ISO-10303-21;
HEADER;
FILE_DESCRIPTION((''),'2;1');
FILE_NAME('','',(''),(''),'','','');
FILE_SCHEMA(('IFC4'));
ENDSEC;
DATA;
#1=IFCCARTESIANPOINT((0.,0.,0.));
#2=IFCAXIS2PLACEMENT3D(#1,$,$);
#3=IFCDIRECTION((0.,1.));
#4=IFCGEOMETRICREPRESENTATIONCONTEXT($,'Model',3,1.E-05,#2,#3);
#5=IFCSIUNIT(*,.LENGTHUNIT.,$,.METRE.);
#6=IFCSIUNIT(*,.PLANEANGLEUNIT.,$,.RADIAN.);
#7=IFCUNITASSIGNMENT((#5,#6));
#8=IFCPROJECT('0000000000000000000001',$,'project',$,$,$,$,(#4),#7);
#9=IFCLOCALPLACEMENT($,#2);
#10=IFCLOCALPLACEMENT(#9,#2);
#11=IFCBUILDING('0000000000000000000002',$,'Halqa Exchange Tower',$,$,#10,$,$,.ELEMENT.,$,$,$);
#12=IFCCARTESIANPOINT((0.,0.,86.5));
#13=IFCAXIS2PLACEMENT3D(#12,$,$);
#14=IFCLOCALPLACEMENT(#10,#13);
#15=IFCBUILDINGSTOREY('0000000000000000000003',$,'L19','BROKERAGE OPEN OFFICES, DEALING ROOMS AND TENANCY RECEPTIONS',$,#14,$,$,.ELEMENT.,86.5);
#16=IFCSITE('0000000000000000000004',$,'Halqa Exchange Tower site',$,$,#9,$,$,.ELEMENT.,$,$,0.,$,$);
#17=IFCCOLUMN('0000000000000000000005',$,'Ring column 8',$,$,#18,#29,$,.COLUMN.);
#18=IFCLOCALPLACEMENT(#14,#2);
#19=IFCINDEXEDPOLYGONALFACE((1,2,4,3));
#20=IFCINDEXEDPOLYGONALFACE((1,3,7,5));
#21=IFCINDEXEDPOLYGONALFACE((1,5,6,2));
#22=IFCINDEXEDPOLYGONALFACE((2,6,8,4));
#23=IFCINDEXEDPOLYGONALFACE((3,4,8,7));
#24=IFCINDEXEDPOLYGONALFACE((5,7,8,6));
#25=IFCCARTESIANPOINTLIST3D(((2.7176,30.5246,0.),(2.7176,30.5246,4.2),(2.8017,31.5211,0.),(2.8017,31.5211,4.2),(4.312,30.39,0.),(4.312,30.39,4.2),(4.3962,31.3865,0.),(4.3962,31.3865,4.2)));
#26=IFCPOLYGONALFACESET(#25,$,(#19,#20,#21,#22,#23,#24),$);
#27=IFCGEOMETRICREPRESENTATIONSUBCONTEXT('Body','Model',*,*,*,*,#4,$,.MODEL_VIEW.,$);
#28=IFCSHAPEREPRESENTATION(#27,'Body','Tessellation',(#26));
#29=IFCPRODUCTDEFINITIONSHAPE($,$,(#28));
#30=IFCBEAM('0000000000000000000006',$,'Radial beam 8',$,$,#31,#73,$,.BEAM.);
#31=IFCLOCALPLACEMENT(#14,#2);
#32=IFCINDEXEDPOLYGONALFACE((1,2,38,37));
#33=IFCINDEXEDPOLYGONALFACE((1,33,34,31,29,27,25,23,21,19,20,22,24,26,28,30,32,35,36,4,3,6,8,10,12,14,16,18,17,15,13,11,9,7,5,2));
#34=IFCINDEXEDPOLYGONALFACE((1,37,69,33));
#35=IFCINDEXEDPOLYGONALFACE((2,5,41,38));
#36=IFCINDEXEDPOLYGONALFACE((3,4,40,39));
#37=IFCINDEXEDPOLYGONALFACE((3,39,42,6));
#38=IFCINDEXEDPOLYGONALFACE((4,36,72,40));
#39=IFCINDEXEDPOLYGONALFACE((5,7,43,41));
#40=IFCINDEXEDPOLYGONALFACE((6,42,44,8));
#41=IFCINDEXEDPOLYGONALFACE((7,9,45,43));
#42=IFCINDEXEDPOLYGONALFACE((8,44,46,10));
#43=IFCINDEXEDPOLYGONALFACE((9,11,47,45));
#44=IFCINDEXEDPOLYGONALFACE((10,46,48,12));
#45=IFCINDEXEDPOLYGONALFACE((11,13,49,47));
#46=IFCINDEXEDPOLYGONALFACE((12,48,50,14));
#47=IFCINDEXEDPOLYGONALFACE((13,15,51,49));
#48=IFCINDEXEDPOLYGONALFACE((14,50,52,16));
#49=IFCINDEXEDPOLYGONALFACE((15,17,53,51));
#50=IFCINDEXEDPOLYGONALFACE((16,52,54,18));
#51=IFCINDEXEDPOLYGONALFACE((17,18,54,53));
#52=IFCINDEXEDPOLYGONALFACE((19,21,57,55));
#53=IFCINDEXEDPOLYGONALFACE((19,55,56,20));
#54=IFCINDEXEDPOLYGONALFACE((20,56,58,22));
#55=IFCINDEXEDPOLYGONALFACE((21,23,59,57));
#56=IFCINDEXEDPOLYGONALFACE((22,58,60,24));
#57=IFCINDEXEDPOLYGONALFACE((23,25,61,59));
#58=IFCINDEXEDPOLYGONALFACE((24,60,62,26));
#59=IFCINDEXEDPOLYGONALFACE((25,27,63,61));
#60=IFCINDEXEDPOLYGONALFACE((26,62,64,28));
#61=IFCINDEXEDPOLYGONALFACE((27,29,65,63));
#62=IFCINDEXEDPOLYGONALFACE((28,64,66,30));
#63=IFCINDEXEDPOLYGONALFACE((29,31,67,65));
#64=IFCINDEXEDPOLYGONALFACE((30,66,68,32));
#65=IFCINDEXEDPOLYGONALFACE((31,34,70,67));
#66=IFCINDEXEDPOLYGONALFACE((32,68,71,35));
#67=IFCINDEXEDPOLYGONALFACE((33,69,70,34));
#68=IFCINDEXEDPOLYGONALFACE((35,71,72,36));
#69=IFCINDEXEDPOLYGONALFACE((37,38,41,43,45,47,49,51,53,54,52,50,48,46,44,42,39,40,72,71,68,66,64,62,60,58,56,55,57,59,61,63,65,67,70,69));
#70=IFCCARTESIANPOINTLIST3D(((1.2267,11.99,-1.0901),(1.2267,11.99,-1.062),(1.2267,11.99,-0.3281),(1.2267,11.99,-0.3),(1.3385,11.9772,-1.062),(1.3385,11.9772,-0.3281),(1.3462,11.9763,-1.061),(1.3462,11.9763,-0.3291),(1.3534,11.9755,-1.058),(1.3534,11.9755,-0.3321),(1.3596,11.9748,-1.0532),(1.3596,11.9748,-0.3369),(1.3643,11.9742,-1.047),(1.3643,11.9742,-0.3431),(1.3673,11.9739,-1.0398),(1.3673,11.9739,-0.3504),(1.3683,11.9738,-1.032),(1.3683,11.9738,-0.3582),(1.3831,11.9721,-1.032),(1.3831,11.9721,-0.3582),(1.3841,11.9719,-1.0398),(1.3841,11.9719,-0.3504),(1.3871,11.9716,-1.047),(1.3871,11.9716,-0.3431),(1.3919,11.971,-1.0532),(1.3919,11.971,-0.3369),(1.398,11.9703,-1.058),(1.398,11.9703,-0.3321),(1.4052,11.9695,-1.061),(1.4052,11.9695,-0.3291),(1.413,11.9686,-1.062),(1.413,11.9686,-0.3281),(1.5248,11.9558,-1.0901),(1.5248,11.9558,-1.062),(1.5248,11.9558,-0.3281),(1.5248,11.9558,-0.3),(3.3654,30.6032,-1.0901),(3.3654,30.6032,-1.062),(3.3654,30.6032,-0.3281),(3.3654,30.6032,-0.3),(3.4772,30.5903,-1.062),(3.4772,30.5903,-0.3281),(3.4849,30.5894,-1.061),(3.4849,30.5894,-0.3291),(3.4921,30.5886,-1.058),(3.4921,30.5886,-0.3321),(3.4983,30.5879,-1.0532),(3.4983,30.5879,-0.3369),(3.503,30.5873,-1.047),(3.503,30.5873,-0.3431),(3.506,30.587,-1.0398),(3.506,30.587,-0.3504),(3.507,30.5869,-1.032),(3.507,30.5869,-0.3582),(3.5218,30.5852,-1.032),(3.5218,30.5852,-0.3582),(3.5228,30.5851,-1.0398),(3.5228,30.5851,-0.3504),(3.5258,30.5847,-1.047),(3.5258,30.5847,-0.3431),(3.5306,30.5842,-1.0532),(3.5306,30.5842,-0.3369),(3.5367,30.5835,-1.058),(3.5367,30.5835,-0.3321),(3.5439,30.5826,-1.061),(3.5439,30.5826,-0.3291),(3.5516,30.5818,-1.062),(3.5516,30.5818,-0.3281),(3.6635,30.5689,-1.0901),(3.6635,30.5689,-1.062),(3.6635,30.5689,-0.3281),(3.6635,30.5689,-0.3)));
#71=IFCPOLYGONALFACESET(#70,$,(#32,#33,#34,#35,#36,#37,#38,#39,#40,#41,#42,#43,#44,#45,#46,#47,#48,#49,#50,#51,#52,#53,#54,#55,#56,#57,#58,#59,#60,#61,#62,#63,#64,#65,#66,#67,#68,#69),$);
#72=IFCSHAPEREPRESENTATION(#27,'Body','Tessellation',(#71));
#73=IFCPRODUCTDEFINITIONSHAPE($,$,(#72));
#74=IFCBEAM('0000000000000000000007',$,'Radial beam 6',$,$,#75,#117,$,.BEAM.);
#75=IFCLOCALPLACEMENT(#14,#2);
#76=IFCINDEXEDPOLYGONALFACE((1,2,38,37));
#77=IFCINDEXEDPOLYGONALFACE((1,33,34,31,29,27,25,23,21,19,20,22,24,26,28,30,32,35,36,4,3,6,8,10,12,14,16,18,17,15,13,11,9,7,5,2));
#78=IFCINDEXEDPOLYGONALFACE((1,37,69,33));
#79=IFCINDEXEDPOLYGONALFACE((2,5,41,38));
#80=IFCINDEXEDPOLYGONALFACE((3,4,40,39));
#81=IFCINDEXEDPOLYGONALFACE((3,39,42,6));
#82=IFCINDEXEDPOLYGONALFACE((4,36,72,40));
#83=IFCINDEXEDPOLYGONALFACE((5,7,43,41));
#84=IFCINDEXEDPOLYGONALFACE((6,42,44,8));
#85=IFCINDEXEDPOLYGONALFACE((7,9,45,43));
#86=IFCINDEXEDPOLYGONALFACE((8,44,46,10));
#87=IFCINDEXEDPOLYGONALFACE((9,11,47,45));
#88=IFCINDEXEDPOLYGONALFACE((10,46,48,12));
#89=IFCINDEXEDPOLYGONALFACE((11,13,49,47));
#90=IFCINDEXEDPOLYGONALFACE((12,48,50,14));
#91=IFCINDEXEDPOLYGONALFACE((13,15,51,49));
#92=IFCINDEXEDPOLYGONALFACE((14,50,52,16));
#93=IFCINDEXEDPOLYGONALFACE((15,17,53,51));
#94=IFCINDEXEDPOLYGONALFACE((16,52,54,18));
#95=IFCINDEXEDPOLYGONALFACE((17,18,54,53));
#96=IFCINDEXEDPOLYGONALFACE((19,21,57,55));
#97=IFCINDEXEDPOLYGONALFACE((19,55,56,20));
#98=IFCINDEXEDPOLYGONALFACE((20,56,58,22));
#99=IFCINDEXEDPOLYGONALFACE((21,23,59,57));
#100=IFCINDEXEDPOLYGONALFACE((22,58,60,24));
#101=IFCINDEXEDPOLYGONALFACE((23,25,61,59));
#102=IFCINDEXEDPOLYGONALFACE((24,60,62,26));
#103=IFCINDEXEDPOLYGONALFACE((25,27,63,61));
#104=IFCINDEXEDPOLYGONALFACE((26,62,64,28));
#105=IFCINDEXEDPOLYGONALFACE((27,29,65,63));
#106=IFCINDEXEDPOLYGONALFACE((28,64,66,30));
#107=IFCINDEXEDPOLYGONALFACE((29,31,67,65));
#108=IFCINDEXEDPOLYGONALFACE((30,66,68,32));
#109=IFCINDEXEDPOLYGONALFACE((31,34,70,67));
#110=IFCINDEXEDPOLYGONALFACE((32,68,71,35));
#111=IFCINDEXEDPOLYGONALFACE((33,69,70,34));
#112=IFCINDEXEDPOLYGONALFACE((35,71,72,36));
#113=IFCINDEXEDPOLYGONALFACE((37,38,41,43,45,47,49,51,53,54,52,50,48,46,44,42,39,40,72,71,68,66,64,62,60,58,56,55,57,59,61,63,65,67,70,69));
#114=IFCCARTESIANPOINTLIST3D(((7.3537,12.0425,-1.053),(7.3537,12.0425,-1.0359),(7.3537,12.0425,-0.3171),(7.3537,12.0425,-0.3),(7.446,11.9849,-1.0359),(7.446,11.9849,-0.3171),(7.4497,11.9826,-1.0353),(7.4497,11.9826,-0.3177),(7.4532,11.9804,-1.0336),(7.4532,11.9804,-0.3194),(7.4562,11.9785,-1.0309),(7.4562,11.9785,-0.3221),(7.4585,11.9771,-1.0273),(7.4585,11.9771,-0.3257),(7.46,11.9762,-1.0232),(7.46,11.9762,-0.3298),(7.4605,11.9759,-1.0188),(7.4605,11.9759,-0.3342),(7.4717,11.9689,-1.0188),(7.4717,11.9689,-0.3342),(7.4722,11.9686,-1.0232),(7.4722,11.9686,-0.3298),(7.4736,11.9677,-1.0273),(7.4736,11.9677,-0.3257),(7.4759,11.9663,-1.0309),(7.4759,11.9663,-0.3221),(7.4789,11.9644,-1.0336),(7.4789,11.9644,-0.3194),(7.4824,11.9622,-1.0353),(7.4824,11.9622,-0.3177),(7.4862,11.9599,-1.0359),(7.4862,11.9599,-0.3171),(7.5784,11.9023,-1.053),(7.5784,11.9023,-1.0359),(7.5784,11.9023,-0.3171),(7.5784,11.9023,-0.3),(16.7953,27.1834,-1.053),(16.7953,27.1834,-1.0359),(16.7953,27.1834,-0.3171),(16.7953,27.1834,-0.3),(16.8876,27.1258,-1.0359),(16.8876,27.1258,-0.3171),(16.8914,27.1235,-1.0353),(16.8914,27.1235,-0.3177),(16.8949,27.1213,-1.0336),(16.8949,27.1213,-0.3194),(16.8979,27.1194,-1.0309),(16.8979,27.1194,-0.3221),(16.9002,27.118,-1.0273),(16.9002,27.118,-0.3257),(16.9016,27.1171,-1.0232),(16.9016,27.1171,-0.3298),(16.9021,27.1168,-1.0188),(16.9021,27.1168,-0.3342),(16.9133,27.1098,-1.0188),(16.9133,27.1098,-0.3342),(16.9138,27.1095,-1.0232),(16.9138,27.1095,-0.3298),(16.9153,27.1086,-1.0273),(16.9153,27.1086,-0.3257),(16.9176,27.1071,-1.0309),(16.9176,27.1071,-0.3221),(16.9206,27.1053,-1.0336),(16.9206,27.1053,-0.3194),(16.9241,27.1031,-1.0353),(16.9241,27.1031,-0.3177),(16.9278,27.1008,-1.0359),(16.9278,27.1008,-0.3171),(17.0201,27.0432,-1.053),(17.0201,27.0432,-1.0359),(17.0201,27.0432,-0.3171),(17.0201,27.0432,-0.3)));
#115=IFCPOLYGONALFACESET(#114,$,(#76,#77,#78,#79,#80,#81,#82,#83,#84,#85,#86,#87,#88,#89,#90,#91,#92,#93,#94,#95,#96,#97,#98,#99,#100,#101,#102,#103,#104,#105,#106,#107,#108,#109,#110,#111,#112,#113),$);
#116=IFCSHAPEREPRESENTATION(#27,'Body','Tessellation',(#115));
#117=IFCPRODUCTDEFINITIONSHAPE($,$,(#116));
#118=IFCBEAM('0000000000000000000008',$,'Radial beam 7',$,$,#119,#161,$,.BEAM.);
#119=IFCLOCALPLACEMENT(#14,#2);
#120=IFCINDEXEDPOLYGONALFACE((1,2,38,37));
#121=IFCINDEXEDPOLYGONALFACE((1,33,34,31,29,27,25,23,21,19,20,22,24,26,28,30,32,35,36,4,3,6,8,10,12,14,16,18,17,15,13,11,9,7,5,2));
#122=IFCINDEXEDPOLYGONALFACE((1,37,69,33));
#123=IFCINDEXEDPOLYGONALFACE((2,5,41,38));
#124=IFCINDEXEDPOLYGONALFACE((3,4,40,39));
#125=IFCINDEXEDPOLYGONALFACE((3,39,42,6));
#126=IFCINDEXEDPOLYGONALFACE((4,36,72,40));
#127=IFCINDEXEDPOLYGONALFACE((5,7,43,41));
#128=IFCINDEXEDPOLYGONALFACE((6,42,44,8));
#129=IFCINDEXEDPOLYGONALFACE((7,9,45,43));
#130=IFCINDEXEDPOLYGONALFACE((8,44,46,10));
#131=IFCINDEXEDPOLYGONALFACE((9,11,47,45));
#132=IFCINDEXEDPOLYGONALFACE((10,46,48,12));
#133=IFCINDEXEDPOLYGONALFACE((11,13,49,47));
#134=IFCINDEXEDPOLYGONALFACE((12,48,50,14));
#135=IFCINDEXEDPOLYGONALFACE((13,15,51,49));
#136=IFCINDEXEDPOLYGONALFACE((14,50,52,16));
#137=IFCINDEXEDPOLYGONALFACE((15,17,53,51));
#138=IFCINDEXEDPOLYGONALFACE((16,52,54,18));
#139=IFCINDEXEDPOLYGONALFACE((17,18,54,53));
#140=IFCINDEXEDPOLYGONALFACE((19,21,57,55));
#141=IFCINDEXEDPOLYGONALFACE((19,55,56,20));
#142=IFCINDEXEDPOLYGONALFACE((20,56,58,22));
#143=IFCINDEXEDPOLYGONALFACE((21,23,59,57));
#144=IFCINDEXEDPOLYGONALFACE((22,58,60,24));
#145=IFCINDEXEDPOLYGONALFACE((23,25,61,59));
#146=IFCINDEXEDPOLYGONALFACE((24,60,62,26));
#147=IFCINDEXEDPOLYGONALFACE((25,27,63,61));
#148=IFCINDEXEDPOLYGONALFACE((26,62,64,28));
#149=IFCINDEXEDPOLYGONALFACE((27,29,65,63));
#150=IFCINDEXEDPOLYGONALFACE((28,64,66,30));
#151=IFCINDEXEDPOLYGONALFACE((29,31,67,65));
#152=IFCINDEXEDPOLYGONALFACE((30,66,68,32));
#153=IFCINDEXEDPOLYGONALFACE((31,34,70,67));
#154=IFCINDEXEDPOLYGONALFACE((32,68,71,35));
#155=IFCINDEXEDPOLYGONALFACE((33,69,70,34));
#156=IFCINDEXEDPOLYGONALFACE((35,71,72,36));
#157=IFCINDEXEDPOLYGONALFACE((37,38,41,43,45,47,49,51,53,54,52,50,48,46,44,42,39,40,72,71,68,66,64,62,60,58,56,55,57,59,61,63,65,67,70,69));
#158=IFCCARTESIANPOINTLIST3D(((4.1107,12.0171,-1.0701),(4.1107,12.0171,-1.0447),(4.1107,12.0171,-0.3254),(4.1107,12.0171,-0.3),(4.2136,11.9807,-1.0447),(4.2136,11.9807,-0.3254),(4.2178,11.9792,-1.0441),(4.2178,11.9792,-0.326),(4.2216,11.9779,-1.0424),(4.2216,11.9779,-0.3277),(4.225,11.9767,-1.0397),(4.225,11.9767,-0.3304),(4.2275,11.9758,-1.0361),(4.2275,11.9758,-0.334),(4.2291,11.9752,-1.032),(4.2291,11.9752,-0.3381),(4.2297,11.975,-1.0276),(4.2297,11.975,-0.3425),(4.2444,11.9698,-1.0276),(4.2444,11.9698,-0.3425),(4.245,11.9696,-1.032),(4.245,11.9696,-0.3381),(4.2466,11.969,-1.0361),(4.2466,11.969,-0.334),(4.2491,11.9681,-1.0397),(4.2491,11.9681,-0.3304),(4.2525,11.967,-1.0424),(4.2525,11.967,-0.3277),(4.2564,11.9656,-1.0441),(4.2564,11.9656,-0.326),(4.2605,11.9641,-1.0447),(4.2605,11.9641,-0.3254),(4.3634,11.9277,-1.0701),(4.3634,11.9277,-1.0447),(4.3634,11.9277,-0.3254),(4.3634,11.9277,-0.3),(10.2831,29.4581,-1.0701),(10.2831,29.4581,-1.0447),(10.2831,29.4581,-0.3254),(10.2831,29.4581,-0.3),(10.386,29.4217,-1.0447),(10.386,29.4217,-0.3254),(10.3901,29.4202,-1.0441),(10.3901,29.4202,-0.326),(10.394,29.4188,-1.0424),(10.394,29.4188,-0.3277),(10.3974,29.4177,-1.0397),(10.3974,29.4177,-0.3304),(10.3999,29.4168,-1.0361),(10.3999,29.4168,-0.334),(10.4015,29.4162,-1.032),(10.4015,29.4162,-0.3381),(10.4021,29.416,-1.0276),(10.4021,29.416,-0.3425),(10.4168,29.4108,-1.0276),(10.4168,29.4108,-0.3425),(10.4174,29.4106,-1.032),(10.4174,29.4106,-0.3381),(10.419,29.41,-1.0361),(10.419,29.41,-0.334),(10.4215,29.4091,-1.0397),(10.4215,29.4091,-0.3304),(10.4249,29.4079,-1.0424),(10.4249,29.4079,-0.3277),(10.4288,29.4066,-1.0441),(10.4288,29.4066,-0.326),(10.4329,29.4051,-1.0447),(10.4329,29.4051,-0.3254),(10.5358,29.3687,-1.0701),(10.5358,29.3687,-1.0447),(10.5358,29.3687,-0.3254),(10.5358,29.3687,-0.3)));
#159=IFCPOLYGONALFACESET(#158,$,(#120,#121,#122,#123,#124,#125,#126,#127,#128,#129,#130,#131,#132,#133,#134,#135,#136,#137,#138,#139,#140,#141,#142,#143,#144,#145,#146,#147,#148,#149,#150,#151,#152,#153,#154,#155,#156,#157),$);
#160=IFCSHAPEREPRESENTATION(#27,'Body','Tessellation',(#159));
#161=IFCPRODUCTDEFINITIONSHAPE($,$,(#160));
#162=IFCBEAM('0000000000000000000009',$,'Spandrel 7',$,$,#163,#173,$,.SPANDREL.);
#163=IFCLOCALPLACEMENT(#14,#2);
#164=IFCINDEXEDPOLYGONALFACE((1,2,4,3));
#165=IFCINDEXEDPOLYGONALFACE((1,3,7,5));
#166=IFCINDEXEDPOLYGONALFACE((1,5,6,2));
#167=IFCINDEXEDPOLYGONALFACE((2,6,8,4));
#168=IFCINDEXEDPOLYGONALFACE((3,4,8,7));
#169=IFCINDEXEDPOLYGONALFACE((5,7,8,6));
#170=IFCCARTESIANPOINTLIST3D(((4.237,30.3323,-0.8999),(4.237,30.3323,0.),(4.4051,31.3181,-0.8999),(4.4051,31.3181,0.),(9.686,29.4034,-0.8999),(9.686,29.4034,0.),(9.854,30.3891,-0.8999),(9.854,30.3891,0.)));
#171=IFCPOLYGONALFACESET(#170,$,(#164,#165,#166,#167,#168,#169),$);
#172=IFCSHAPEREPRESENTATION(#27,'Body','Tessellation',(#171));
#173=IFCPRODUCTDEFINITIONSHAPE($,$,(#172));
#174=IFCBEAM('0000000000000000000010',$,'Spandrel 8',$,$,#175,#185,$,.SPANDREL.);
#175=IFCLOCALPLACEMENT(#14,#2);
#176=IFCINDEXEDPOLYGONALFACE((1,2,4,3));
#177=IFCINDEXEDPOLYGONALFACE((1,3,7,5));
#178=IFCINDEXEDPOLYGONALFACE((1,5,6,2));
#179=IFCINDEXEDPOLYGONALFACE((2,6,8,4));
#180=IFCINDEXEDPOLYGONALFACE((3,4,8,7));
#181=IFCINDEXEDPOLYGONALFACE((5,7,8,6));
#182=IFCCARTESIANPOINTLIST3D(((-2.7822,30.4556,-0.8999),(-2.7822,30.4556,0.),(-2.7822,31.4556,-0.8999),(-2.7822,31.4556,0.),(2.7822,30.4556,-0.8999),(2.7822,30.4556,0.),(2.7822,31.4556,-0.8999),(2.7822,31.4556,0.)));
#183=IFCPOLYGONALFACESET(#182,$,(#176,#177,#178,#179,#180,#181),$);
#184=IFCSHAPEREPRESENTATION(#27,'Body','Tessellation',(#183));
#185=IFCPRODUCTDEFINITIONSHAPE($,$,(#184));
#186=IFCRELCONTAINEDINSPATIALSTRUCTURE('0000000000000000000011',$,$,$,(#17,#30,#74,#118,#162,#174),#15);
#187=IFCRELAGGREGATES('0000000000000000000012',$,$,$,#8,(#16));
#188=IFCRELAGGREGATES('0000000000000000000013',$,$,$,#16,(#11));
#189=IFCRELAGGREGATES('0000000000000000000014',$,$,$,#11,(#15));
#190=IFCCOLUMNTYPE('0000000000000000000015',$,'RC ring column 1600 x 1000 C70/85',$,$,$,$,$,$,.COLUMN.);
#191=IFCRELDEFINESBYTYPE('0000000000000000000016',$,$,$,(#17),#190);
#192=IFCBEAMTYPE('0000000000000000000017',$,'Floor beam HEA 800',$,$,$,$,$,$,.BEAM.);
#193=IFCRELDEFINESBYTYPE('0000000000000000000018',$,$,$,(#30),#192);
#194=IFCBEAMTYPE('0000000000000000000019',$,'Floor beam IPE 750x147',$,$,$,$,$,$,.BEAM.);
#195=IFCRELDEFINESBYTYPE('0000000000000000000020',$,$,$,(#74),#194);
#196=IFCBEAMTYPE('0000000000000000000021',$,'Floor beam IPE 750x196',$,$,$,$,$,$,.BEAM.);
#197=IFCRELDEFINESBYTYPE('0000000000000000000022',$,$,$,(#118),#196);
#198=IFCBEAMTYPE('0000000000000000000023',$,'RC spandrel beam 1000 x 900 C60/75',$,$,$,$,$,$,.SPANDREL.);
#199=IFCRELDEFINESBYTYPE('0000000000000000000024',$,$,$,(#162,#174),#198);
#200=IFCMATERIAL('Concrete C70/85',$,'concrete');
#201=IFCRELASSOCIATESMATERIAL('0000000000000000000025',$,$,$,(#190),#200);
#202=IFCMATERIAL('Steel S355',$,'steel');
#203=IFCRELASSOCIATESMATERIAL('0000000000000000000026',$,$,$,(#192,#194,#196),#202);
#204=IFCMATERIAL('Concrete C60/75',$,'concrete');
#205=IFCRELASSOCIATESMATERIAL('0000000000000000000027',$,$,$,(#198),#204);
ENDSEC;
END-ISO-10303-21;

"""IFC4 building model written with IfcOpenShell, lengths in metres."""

from ifc_helpers import new_model, si_unit, direction, frame, origin, origin_2d, place, context, subcontext, project, spatial, rectangle, i_section, extrude, material, material_profile, profile_set, type_object, element, save


model = new_model("IFC4")

# Units and contexts
model_context = context("Model", 3, precision=1e-05, world=origin(), true_north=direction((0.0, 1.0)))
body_context = subcontext(model_context, "Body", "Model", "MODEL_VIEW")
ifc_project = project(units=[si_unit("LENGTHUNIT", "METRE"), si_unit("PLANEANGLEUNIT", "RADIAN")], contexts=[model_context])

# Site, building, storey
site_placement = place(None, origin())
site = spatial("IfcSite", under=ifc_project, at=site_placement, Name="Halqa Exchange Tower site", CompositionType="ELEMENT", RefElevation=0.0)
building_placement = place(site_placement, origin())
building = spatial("IfcBuilding", under=site, at=building_placement, Name="Halqa Exchange Tower", CompositionType="ELEMENT")
storey_placement = place(building_placement, frame((0.0, 0.0, 86.5)))
storey = spatial("IfcBuildingStorey", under=building, at=storey_placement, Name="L19", Description="BROKERAGE OPEN OFFICES, DEALING ROOMS AND TENANCY RECEPTIONS", CompositionType="ELEMENT", Elevation=86.5)

# Column
ifc_material_1 = material(Name="Concrete C70/85", Category="concrete")
ifc_material_profile_1 = material_profile(ifc_material_1, rectangle(XDim=1.6001, YDim=1.0, at=origin_2d()), Name="1600 x 1000")
ifc_profile_set_1 = profile_set([ifc_material_profile_1], Name="Concrete C70/85")
column_type = type_object("IfcColumnType", Name="RC ring column 1600 x 1000 C70/85", PredefinedType="COLUMN", material=ifc_profile_set_1)
column_placement = place(storey_placement, frame((3.5569, 30.9556, 0.0), z_axis=(0.0, 0.0, 1.0), x_axis=(-0.996456, 0.084121, 0.0)))
element("IfcColumn", 1, at=column_placement, inside=storey, type_object=column_type, Name="Ring column 8", PredefinedType="COLUMN", context=body_context, shape_type="SweptSolid", body=[
    extrude(rectangle(XDim=1.6001, YDim=1.0, at=origin_2d()), origin(), (0.0, 0.0, 1.0), 4.2),
])

# Beams
ifc_material_2 = material(Name="Steel S355", Category="steel")
ifc_material_profile_2 = material_profile(ifc_material_2, i_section(OverallWidth=0.3, OverallDepth=0.79, WebThickness=0.0149, FlangeThickness=0.0281, FilletRadius=0.03, at=origin_2d()), Name="HEA 800")
ifc_profile_set_2 = profile_set([ifc_material_profile_2], Name="Steel S355")
beam_type_1 = type_object("IfcBeamType", Name="Floor beam HEA 800", PredefinedType="BEAM", material=ifc_profile_set_2)
beam_1_placement = place(storey_placement, frame((1.3757, 11.9729, -0.6951), z_axis=(0.114151, 0.993463, 0.0), x_axis=(-0.993463, 0.114151, 0.0)))
element("IfcBeam", 2, at=beam_1_placement, inside=storey, type_object=beam_type_1, Name="Radial beam 8", PredefinedType="BEAM", context=body_context, shape_type="SweptSolid", body=[
    extrude(i_section(OverallWidth=0.3, OverallDepth=0.79, WebThickness=0.0149, FlangeThickness=0.0281, FilletRadius=0.03, at=origin_2d()), origin(), (0.0, 0.0, 1.0), 18.7356),
])
ifc_material_profile_3 = material_profile(ifc_material_2, i_section(OverallWidth=0.2649, OverallDepth=0.7529, WebThickness=0.0132, FlangeThickness=0.0171, FilletRadius=0.0171, at=origin_2d()), Name="IPE 750x147")
ifc_profile_set_3 = profile_set([ifc_material_profile_3], Name="Steel S355")
beam_type_2 = type_object("IfcBeamType", Name="Floor beam IPE 750x147", PredefinedType="BEAM", material=ifc_profile_set_3)
beam_2_placement = place(storey_placement, frame((7.4661, 11.9724, -0.6765), z_axis=(0.529137, 0.848537, 0.0), x_axis=(-0.848537, 0.529137, 0.0)))
element("IfcBeam", 3, at=beam_2_placement, inside=storey, type_object=beam_type_2, Name="Radial beam 6", PredefinedType="BEAM", context=body_context, shape_type="SweptSolid", body=[
    extrude(i_section(OverallWidth=0.2649, OverallDepth=0.7529, WebThickness=0.0132, FlangeThickness=0.0171, FilletRadius=0.0171, at=origin_2d()), origin(), (0.0, 0.0, 1.0), 17.8435),
])
ifc_material_profile_4 = material_profile(ifc_material_2, i_section(OverallWidth=0.2681, OverallDepth=0.77, WebThickness=0.0156, FlangeThickness=0.0254, FilletRadius=0.0171, at=origin_2d()), Name="IPE 750x196")
ifc_profile_set_4 = profile_set([ifc_material_profile_4], Name="Steel S355")
beam_type_3 = type_object("IfcBeamType", Name="Floor beam IPE 750x196", PredefinedType="BEAM", material=ifc_profile_set_4)
beam_3_placement = place(storey_placement, frame((4.2371, 11.9724, -0.6851), z_axis=(0.333625, 0.942706, 0.0), x_axis=(-0.942706, 0.333625, 0.0)))
element("IfcBeam", 4, at=beam_3_placement, inside=storey, type_object=beam_type_3, Name="Radial beam 7", PredefinedType="BEAM", context=body_context, shape_type="SweptSolid", body=[
    extrude(i_section(OverallWidth=0.2681, OverallDepth=0.77, WebThickness=0.0156, FlangeThickness=0.0254, FilletRadius=0.0171, at=origin_2d()), origin(), (0.0, 0.0, 1.0), 18.501),
])
ifc_material_3 = material(Name="Concrete C60/75", Category="concrete")
ifc_material_profile_5 = material_profile(ifc_material_3, rectangle(XDim=1.0, YDim=0.8999, at=origin_2d()), Name="1000 x 900")
ifc_profile_set_5 = profile_set([ifc_material_profile_5], Name="Concrete C60/75")
beam_type_4 = type_object("IfcBeamType", Name="RC spandrel beam 1000 x 900 C60/75", PredefinedType="SPANDREL", material=ifc_profile_set_5)
beam_4_placement = place(storey_placement, frame((9.77, 29.8962, -0.45), z_axis=(-0.985777, 0.168058, 0.0), x_axis=(-0.168058, -0.985777, 0.0)))
element("IfcBeam", 5, at=beam_4_placement, inside=storey, type_object=beam_type_4, Name="Spandrel 7", PredefinedType="SPANDREL", context=body_context, shape_type="SweptSolid", body=[
    extrude(rectangle(XDim=1.0, YDim=0.8999, at=origin_2d()), origin(), (0.0, 0.0, 1.0), 5.5276),
])
beam_5_placement = place(storey_placement, frame((2.7822, 30.9556, -0.45), z_axis=(-1.0, 0.0, 0.0), x_axis=(0.0, -1.0, 0.0)))
element("IfcBeam", 6, at=beam_5_placement, inside=storey, type_object=beam_type_4, Name="Spandrel 8", PredefinedType="SPANDREL", context=body_context, shape_type="SweptSolid", body=[
    extrude(rectangle(XDim=1.0, YDim=0.8999, at=origin_2d()), origin(), (0.0, 0.0, 1.0), 5.5645),
])

save(model, "model.ifc")
